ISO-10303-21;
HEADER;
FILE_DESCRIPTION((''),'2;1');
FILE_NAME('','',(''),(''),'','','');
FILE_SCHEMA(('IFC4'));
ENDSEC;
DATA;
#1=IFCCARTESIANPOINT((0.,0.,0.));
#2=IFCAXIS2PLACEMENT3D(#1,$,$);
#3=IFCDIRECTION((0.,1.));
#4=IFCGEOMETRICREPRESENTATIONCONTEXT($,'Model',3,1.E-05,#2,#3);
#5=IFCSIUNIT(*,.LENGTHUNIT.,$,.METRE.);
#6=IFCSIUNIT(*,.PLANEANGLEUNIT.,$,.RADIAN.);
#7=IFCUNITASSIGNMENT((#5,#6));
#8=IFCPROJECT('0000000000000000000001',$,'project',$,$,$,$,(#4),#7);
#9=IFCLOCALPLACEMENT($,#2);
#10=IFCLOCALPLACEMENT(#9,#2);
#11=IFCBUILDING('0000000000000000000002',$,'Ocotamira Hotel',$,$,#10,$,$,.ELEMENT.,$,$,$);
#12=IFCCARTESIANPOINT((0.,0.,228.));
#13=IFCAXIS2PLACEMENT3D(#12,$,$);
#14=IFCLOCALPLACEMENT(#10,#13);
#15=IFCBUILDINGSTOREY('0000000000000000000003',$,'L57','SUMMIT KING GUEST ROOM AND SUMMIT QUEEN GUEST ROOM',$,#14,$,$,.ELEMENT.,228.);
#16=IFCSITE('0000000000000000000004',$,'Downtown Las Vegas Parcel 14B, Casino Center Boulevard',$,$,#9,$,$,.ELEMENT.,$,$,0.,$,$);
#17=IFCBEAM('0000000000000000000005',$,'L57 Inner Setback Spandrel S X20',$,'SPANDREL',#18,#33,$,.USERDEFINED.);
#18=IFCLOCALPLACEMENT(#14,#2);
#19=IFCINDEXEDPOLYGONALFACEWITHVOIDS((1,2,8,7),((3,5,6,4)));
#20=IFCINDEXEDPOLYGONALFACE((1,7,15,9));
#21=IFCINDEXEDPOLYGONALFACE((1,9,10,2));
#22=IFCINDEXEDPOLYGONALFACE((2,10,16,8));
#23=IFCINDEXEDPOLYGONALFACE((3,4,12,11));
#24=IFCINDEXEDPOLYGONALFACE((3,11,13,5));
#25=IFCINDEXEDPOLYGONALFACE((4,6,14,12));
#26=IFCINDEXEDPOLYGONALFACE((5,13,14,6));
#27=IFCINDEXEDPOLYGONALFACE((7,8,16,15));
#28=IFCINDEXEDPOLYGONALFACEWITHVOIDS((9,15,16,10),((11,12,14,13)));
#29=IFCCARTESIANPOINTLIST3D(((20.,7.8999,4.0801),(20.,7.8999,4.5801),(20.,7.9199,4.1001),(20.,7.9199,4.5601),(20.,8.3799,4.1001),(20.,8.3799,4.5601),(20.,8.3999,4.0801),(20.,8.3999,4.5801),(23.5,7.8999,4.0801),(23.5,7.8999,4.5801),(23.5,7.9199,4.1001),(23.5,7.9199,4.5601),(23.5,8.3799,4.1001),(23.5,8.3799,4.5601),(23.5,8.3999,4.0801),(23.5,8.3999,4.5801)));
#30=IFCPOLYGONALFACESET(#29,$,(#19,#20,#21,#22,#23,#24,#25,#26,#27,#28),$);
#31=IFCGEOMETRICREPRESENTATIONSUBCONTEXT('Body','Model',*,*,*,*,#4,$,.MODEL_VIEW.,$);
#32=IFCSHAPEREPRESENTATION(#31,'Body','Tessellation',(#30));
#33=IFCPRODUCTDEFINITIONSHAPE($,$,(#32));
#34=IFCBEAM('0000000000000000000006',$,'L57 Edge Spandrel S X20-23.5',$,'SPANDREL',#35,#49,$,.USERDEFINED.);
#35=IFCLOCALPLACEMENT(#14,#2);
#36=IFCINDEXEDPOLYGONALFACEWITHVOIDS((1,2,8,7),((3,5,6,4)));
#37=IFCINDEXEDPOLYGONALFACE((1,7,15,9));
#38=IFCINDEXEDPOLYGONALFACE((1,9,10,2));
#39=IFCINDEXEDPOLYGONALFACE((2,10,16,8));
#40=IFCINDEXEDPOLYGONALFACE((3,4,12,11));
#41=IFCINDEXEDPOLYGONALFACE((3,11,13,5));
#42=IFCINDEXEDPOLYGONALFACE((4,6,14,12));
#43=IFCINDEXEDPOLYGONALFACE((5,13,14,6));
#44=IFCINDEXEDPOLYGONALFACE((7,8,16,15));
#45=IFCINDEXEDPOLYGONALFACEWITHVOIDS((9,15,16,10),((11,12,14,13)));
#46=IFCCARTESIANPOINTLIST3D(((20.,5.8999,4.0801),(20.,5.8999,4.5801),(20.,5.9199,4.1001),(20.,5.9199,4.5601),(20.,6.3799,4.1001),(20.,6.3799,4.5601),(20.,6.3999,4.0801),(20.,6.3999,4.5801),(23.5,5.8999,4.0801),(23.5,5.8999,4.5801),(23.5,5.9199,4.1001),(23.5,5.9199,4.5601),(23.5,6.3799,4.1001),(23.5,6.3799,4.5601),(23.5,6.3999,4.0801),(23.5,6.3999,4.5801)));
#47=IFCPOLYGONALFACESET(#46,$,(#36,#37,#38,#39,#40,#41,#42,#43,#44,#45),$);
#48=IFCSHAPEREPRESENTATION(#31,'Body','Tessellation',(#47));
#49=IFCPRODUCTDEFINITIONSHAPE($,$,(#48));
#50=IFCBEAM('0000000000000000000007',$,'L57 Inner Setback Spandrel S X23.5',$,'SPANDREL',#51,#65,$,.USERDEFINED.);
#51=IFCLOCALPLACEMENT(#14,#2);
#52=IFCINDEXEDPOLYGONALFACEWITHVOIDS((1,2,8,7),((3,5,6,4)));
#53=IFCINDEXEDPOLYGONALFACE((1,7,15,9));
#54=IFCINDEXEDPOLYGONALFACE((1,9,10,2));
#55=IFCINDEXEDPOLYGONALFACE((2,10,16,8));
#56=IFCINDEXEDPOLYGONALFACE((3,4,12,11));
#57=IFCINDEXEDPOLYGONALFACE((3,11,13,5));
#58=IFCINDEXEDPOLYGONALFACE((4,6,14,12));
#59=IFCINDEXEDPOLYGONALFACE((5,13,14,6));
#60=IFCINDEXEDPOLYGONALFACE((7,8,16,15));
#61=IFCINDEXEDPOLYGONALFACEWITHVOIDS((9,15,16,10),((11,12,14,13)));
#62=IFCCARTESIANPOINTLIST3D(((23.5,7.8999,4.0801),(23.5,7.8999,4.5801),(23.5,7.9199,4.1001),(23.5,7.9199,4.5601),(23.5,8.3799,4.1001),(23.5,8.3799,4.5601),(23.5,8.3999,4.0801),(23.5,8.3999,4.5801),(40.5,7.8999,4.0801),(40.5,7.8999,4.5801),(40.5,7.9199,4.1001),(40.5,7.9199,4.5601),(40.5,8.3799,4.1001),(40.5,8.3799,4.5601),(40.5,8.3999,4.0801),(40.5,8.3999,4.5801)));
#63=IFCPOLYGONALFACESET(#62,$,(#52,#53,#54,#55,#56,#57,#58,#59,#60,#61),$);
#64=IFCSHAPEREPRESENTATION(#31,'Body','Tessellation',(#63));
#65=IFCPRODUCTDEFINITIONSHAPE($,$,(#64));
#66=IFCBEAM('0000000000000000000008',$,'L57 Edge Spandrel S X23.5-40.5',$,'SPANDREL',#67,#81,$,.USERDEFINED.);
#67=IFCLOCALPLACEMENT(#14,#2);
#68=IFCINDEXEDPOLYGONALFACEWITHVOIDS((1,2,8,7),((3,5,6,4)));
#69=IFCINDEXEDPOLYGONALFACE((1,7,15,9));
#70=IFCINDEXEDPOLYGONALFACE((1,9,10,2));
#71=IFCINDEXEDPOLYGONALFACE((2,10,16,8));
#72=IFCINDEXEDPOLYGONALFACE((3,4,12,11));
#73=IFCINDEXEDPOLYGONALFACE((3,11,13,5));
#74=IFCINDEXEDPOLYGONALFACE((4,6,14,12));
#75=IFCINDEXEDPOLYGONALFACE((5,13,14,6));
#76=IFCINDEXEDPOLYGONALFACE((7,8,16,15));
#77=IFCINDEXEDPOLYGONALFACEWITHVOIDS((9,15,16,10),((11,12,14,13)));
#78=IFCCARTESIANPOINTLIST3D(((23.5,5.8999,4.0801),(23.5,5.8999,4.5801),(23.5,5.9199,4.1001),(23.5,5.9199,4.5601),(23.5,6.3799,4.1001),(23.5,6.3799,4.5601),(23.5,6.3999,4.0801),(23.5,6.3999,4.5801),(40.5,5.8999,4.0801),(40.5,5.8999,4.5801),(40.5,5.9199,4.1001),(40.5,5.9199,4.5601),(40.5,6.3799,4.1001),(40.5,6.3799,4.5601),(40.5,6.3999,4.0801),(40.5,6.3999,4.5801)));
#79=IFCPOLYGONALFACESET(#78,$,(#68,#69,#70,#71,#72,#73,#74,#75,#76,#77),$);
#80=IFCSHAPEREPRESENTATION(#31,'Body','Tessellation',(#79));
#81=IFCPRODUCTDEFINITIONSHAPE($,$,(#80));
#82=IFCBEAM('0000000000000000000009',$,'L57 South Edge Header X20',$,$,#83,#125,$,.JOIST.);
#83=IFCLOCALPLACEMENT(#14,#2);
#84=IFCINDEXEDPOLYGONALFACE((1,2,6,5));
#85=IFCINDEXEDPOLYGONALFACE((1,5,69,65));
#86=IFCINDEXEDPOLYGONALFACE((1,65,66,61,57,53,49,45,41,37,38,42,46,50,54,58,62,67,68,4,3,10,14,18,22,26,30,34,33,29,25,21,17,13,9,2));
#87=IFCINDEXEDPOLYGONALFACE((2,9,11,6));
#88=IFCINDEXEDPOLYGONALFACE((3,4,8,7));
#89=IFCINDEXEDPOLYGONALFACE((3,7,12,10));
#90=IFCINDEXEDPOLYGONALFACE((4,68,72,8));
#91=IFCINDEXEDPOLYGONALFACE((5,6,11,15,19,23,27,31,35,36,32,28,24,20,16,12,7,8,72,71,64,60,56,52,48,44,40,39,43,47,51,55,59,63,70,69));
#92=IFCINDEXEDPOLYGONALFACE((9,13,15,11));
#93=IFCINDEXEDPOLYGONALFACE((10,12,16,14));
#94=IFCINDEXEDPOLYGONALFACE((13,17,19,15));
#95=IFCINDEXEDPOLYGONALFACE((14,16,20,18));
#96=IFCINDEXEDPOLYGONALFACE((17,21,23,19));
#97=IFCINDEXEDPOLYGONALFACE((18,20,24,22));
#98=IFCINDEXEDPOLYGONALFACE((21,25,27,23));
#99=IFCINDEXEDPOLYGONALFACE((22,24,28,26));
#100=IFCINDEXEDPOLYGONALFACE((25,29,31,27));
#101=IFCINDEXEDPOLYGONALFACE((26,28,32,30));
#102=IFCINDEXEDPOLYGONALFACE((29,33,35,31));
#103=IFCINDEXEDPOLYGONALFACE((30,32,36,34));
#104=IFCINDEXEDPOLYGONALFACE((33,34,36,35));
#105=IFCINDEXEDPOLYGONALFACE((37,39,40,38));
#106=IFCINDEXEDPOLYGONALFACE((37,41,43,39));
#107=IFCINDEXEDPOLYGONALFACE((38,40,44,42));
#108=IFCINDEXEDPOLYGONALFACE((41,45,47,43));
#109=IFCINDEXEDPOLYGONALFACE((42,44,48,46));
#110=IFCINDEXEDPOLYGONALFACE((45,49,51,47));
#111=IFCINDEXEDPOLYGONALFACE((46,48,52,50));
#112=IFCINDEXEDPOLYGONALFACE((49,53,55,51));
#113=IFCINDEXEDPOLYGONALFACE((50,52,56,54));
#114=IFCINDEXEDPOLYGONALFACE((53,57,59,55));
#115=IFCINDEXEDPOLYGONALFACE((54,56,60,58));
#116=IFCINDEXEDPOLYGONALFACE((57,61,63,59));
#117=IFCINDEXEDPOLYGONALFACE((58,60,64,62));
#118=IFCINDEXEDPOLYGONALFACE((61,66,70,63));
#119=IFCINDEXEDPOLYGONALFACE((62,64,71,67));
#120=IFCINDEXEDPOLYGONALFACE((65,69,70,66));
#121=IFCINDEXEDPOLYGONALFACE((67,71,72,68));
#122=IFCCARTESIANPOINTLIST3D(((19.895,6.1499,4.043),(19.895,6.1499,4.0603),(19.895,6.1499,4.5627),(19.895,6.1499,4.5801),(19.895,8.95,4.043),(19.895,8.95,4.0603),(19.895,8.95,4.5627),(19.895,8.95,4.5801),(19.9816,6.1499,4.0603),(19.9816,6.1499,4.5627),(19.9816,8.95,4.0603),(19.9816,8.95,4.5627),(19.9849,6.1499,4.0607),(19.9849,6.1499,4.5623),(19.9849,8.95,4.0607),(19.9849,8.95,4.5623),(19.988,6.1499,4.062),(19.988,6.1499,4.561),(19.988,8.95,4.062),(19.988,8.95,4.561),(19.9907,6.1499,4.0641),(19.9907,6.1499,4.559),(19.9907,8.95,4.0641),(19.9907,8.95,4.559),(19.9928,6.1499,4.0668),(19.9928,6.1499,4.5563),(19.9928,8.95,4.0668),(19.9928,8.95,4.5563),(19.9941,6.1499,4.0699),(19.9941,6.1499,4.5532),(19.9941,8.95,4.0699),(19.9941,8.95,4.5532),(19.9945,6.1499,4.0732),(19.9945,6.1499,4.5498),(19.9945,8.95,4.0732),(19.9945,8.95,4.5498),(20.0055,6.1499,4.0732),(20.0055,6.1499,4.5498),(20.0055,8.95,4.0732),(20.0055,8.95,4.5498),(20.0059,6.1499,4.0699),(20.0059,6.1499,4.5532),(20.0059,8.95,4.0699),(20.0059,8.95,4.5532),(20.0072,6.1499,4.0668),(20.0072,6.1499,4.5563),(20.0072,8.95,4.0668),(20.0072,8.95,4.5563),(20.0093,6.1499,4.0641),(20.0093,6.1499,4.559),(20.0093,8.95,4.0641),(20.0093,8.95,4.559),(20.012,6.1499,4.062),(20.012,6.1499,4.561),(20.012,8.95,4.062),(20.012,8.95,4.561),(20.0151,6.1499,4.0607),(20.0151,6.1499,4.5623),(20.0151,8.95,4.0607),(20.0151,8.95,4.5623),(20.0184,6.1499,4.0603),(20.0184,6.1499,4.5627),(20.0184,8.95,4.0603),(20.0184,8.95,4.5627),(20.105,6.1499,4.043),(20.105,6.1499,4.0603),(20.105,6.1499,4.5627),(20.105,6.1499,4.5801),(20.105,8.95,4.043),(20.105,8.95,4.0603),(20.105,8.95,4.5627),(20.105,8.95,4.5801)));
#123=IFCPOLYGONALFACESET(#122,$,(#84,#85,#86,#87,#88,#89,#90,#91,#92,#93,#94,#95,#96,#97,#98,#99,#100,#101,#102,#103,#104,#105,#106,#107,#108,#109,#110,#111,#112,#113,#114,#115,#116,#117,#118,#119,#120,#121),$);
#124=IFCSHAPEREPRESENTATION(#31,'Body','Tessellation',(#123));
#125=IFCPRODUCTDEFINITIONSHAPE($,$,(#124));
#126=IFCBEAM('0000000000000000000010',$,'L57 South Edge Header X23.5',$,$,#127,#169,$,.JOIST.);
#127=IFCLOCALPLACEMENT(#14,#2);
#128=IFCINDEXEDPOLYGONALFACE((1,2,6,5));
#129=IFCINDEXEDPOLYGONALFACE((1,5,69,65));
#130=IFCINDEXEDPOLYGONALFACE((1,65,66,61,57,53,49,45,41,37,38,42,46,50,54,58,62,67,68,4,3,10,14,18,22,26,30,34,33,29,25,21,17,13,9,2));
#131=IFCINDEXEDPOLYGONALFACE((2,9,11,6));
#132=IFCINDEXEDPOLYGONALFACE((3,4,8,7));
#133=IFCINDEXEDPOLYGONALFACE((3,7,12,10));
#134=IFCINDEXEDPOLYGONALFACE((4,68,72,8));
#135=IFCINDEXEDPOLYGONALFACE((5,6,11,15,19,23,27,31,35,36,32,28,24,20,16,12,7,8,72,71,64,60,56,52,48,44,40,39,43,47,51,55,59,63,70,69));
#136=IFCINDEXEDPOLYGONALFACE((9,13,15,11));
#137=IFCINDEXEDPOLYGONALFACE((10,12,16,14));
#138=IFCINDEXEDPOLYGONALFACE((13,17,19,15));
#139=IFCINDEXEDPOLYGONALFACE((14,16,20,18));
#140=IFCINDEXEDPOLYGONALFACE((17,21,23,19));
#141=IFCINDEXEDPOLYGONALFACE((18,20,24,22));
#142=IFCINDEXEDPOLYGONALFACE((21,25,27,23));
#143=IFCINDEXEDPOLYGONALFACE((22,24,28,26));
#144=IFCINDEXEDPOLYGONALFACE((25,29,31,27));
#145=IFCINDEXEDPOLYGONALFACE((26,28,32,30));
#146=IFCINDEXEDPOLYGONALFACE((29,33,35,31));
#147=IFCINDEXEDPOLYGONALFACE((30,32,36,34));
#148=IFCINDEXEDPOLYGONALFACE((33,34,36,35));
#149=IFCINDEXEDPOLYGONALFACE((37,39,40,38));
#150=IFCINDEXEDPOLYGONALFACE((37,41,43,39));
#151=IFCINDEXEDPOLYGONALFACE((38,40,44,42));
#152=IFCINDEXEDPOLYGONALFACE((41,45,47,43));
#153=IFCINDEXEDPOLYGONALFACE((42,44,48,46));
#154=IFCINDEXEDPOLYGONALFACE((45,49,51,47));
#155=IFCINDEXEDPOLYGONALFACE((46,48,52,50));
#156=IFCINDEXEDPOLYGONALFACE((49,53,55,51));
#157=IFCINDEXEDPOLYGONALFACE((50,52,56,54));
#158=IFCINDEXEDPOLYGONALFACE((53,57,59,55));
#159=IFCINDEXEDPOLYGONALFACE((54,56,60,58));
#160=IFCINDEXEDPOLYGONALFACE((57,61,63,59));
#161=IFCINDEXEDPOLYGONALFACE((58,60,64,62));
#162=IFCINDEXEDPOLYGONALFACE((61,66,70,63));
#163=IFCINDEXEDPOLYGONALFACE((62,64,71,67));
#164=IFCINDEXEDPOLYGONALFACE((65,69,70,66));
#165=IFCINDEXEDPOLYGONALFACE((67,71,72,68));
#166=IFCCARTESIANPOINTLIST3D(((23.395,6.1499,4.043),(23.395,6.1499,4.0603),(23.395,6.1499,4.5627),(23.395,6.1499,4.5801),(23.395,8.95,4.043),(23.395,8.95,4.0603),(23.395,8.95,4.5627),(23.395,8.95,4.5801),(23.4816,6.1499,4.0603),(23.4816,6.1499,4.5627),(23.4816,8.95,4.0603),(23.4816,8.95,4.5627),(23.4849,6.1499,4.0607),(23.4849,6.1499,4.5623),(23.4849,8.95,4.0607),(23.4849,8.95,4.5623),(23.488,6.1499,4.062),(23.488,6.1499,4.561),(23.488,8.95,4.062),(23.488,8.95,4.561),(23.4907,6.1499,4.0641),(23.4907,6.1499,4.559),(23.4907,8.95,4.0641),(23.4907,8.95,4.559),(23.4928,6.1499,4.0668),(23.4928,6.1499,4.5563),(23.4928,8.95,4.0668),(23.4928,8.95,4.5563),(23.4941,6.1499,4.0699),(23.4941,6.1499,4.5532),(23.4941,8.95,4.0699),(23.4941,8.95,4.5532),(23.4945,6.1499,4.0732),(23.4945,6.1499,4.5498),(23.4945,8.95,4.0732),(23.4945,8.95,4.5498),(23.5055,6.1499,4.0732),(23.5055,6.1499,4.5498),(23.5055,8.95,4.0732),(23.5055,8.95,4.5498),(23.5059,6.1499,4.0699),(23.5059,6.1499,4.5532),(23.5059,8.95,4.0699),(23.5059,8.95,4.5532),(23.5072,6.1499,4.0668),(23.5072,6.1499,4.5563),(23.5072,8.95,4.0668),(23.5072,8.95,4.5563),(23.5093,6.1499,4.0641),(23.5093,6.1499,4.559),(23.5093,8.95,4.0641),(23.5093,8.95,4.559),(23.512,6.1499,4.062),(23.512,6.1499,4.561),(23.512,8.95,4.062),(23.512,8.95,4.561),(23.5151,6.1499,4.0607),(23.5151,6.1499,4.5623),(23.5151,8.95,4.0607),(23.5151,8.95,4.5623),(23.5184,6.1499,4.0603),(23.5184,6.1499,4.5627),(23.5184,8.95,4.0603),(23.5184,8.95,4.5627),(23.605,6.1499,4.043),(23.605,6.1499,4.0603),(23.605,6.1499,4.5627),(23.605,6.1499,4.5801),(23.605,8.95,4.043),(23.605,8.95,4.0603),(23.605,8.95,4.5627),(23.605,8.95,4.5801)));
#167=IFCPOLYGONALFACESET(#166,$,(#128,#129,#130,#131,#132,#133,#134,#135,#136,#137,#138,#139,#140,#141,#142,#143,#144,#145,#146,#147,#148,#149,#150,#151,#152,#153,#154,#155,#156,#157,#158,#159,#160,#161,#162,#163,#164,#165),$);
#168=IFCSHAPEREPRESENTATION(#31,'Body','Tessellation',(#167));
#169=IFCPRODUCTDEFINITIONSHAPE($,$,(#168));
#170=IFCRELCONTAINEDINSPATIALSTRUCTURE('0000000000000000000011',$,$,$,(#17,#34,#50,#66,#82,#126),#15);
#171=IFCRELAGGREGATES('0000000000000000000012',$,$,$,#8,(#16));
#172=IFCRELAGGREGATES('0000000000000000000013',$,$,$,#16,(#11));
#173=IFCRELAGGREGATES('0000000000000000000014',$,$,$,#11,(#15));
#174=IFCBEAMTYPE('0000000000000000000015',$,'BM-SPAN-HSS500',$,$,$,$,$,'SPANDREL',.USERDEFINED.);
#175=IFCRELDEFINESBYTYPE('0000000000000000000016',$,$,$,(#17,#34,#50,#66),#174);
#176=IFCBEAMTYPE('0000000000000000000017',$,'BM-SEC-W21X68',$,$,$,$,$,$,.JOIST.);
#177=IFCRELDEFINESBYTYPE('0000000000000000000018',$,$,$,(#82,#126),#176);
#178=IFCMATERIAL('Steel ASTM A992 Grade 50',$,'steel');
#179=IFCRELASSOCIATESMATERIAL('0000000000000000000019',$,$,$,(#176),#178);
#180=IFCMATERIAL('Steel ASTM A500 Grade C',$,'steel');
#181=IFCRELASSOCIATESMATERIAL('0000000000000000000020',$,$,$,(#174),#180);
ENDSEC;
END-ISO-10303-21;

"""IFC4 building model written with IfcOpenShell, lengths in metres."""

from ifc_helpers import new_model, si_unit, direction, frame, origin, origin_2d, place, context, subcontext, project, spatial, hollow_rectangle, i_section, extrude, source, transform, mapped, material, material_profile, profile_set, type_object, element, save


model = new_model("IFC4")

# Units and contexts
model_context = context("Model", 3, precision=1e-05, world=origin(), true_north=direction((0.0, 1.0)))
body_context = subcontext(model_context, "Body", "Model", "MODEL_VIEW")
ifc_project = project(units=[si_unit("LENGTHUNIT", "METRE"), si_unit("PLANEANGLEUNIT", "RADIAN")], contexts=[model_context])

# Site, building, storey
site_placement = place(None, origin())
site = spatial("IfcSite", under=ifc_project, at=site_placement, Name="Downtown Las Vegas Parcel 14B, Casino Center Boulevard", CompositionType="ELEMENT", RefElevation=0.0)
building_placement = place(site_placement, origin())
building = spatial("IfcBuilding", under=site, at=building_placement, Name="Ocotamira Hotel", CompositionType="ELEMENT")
storey_placement = place(building_placement, frame((0.0, 0.0, 228.0)))
storey = spatial("IfcBuildingStorey", under=building, at=storey_placement, Name="L57", Description="SUMMIT KING GUEST ROOM AND SUMMIT QUEEN GUEST ROOM", CompositionType="ELEMENT", Elevation=228.0)

# Shared definitions
ifc_material_1 = material(Name="Steel ASTM A992 Grade 50", Category="steel")

# Beams
ifc_material_profile_1 = material_profile(ifc_material_1, i_section(OverallWidth=0.21, OverallDepth=0.5371, WebThickness=0.011, FlangeThickness=0.0173, FilletRadius=0.0129, at=origin_2d()), Name="W21X68")
ifc_profile_set_1 = profile_set([ifc_material_profile_1], Name="Steel ASTM A992 Grade 50")
beam_type_1 = type_object("IfcBeamType", Name="BM-SEC-W21X68", PredefinedType="JOIST", material=ifc_profile_set_1)
ifc_material_2 = material(Name="Steel ASTM A500 Grade C", Category="steel")
ifc_material_profile_2 = material_profile(ifc_material_2, hollow_rectangle(XDim=0.5, YDim=0.5, WallThickness=0.02, at=origin_2d()), Name="HSS500X500X20")
ifc_profile_set_2 = profile_set([ifc_material_profile_2], Name="Steel ASTM A500 Grade C")
beam_type_2 = type_object("IfcBeamType", Name="BM-SPAN-HSS500", ElementType="SPANDREL", PredefinedType="USERDEFINED", material=ifc_profile_set_2)
shared_shape_1 = source(origin(), body_context, "Body", "SweptSolid", [
    extrude(hollow_rectangle(XDim=0.5, YDim=0.5, WallThickness=0.02, at=origin_2d()), origin(), (0.0, 0.0, 1.0), 3.5),
])
for number, where, z_axis, x_axis, name in (
    (1, (20.0, 8.1499, 4.3301), (1.0, 0.0, 0.0), (0.0, 1.0, 0.0), "L57 Inner Setback Spandrel S X20"),
    (2, (20.0, 6.1499, 4.3301), (1.0, 0.0, 0.0), (0.0, 1.0, 0.0), "L57 Edge Spandrel S X20-23.5"),
):
    element("IfcBeam", number, at=place(storey_placement, frame(where, z_axis=z_axis, x_axis=x_axis)), inside=storey, type_object=beam_type_2, Name=name, ObjectType="SPANDREL", PredefinedType="USERDEFINED", context=body_context, shape_type="MappedRepresentation", body=[
        mapped(shared_shape_1, transform((0.0, 0.0, 0.0), scale=1.0)),
    ])
shared_shape_2 = source(origin(), body_context, "Body", "SweptSolid", [
    extrude(hollow_rectangle(XDim=0.5, YDim=0.5, WallThickness=0.02, at=origin_2d()), origin(), (0.0, 0.0, 1.0), 17.0),
])
for number, where, z_axis, x_axis, name in (
    (3, (23.5, 8.1499, 4.3301), (1.0, 0.0, 0.0), (0.0, 1.0, 0.0), "L57 Inner Setback Spandrel S X23.5"),
    (4, (23.5, 6.1499, 4.3301), (1.0, 0.0, 0.0), (0.0, 1.0, 0.0), "L57 Edge Spandrel S X23.5-40.5"),
):
    element("IfcBeam", number, at=place(storey_placement, frame(where, z_axis=z_axis, x_axis=x_axis)), inside=storey, type_object=beam_type_2, Name=name, ObjectType="SPANDREL", PredefinedType="USERDEFINED", context=body_context, shape_type="MappedRepresentation", body=[
        mapped(shared_shape_2, transform((0.0, 0.0, 0.0), scale=1.0)),
    ])
shared_shape_3 = source(origin(), body_context, "Body", "SweptSolid", [
    extrude(i_section(OverallWidth=0.21, OverallDepth=0.5371, WebThickness=0.011, FlangeThickness=0.0173, FilletRadius=0.0129, at=origin_2d()), origin(), (0.0, 0.0, 1.0), 2.8),
])
for number, where, z_axis, x_axis, name in (
    (5, (20.0, 8.95, 4.3115), (0.0, -1.0, 0.0), (1.0, 0.0, 0.0), "L57 South Edge Header X20"),
    (6, (23.5, 8.95, 4.3115), (0.0, -1.0, 0.0), (1.0, 0.0, 0.0), "L57 South Edge Header X23.5"),
):
    element("IfcBeam", number, at=place(storey_placement, frame(where, z_axis=z_axis, x_axis=x_axis)), inside=storey, type_object=beam_type_1, Name=name, PredefinedType="JOIST", context=body_context, shape_type="MappedRepresentation", body=[
        mapped(shared_shape_3, transform((0.0, 0.0, 0.0), scale=1.0)),
    ])

save(model, "model.ifc")
